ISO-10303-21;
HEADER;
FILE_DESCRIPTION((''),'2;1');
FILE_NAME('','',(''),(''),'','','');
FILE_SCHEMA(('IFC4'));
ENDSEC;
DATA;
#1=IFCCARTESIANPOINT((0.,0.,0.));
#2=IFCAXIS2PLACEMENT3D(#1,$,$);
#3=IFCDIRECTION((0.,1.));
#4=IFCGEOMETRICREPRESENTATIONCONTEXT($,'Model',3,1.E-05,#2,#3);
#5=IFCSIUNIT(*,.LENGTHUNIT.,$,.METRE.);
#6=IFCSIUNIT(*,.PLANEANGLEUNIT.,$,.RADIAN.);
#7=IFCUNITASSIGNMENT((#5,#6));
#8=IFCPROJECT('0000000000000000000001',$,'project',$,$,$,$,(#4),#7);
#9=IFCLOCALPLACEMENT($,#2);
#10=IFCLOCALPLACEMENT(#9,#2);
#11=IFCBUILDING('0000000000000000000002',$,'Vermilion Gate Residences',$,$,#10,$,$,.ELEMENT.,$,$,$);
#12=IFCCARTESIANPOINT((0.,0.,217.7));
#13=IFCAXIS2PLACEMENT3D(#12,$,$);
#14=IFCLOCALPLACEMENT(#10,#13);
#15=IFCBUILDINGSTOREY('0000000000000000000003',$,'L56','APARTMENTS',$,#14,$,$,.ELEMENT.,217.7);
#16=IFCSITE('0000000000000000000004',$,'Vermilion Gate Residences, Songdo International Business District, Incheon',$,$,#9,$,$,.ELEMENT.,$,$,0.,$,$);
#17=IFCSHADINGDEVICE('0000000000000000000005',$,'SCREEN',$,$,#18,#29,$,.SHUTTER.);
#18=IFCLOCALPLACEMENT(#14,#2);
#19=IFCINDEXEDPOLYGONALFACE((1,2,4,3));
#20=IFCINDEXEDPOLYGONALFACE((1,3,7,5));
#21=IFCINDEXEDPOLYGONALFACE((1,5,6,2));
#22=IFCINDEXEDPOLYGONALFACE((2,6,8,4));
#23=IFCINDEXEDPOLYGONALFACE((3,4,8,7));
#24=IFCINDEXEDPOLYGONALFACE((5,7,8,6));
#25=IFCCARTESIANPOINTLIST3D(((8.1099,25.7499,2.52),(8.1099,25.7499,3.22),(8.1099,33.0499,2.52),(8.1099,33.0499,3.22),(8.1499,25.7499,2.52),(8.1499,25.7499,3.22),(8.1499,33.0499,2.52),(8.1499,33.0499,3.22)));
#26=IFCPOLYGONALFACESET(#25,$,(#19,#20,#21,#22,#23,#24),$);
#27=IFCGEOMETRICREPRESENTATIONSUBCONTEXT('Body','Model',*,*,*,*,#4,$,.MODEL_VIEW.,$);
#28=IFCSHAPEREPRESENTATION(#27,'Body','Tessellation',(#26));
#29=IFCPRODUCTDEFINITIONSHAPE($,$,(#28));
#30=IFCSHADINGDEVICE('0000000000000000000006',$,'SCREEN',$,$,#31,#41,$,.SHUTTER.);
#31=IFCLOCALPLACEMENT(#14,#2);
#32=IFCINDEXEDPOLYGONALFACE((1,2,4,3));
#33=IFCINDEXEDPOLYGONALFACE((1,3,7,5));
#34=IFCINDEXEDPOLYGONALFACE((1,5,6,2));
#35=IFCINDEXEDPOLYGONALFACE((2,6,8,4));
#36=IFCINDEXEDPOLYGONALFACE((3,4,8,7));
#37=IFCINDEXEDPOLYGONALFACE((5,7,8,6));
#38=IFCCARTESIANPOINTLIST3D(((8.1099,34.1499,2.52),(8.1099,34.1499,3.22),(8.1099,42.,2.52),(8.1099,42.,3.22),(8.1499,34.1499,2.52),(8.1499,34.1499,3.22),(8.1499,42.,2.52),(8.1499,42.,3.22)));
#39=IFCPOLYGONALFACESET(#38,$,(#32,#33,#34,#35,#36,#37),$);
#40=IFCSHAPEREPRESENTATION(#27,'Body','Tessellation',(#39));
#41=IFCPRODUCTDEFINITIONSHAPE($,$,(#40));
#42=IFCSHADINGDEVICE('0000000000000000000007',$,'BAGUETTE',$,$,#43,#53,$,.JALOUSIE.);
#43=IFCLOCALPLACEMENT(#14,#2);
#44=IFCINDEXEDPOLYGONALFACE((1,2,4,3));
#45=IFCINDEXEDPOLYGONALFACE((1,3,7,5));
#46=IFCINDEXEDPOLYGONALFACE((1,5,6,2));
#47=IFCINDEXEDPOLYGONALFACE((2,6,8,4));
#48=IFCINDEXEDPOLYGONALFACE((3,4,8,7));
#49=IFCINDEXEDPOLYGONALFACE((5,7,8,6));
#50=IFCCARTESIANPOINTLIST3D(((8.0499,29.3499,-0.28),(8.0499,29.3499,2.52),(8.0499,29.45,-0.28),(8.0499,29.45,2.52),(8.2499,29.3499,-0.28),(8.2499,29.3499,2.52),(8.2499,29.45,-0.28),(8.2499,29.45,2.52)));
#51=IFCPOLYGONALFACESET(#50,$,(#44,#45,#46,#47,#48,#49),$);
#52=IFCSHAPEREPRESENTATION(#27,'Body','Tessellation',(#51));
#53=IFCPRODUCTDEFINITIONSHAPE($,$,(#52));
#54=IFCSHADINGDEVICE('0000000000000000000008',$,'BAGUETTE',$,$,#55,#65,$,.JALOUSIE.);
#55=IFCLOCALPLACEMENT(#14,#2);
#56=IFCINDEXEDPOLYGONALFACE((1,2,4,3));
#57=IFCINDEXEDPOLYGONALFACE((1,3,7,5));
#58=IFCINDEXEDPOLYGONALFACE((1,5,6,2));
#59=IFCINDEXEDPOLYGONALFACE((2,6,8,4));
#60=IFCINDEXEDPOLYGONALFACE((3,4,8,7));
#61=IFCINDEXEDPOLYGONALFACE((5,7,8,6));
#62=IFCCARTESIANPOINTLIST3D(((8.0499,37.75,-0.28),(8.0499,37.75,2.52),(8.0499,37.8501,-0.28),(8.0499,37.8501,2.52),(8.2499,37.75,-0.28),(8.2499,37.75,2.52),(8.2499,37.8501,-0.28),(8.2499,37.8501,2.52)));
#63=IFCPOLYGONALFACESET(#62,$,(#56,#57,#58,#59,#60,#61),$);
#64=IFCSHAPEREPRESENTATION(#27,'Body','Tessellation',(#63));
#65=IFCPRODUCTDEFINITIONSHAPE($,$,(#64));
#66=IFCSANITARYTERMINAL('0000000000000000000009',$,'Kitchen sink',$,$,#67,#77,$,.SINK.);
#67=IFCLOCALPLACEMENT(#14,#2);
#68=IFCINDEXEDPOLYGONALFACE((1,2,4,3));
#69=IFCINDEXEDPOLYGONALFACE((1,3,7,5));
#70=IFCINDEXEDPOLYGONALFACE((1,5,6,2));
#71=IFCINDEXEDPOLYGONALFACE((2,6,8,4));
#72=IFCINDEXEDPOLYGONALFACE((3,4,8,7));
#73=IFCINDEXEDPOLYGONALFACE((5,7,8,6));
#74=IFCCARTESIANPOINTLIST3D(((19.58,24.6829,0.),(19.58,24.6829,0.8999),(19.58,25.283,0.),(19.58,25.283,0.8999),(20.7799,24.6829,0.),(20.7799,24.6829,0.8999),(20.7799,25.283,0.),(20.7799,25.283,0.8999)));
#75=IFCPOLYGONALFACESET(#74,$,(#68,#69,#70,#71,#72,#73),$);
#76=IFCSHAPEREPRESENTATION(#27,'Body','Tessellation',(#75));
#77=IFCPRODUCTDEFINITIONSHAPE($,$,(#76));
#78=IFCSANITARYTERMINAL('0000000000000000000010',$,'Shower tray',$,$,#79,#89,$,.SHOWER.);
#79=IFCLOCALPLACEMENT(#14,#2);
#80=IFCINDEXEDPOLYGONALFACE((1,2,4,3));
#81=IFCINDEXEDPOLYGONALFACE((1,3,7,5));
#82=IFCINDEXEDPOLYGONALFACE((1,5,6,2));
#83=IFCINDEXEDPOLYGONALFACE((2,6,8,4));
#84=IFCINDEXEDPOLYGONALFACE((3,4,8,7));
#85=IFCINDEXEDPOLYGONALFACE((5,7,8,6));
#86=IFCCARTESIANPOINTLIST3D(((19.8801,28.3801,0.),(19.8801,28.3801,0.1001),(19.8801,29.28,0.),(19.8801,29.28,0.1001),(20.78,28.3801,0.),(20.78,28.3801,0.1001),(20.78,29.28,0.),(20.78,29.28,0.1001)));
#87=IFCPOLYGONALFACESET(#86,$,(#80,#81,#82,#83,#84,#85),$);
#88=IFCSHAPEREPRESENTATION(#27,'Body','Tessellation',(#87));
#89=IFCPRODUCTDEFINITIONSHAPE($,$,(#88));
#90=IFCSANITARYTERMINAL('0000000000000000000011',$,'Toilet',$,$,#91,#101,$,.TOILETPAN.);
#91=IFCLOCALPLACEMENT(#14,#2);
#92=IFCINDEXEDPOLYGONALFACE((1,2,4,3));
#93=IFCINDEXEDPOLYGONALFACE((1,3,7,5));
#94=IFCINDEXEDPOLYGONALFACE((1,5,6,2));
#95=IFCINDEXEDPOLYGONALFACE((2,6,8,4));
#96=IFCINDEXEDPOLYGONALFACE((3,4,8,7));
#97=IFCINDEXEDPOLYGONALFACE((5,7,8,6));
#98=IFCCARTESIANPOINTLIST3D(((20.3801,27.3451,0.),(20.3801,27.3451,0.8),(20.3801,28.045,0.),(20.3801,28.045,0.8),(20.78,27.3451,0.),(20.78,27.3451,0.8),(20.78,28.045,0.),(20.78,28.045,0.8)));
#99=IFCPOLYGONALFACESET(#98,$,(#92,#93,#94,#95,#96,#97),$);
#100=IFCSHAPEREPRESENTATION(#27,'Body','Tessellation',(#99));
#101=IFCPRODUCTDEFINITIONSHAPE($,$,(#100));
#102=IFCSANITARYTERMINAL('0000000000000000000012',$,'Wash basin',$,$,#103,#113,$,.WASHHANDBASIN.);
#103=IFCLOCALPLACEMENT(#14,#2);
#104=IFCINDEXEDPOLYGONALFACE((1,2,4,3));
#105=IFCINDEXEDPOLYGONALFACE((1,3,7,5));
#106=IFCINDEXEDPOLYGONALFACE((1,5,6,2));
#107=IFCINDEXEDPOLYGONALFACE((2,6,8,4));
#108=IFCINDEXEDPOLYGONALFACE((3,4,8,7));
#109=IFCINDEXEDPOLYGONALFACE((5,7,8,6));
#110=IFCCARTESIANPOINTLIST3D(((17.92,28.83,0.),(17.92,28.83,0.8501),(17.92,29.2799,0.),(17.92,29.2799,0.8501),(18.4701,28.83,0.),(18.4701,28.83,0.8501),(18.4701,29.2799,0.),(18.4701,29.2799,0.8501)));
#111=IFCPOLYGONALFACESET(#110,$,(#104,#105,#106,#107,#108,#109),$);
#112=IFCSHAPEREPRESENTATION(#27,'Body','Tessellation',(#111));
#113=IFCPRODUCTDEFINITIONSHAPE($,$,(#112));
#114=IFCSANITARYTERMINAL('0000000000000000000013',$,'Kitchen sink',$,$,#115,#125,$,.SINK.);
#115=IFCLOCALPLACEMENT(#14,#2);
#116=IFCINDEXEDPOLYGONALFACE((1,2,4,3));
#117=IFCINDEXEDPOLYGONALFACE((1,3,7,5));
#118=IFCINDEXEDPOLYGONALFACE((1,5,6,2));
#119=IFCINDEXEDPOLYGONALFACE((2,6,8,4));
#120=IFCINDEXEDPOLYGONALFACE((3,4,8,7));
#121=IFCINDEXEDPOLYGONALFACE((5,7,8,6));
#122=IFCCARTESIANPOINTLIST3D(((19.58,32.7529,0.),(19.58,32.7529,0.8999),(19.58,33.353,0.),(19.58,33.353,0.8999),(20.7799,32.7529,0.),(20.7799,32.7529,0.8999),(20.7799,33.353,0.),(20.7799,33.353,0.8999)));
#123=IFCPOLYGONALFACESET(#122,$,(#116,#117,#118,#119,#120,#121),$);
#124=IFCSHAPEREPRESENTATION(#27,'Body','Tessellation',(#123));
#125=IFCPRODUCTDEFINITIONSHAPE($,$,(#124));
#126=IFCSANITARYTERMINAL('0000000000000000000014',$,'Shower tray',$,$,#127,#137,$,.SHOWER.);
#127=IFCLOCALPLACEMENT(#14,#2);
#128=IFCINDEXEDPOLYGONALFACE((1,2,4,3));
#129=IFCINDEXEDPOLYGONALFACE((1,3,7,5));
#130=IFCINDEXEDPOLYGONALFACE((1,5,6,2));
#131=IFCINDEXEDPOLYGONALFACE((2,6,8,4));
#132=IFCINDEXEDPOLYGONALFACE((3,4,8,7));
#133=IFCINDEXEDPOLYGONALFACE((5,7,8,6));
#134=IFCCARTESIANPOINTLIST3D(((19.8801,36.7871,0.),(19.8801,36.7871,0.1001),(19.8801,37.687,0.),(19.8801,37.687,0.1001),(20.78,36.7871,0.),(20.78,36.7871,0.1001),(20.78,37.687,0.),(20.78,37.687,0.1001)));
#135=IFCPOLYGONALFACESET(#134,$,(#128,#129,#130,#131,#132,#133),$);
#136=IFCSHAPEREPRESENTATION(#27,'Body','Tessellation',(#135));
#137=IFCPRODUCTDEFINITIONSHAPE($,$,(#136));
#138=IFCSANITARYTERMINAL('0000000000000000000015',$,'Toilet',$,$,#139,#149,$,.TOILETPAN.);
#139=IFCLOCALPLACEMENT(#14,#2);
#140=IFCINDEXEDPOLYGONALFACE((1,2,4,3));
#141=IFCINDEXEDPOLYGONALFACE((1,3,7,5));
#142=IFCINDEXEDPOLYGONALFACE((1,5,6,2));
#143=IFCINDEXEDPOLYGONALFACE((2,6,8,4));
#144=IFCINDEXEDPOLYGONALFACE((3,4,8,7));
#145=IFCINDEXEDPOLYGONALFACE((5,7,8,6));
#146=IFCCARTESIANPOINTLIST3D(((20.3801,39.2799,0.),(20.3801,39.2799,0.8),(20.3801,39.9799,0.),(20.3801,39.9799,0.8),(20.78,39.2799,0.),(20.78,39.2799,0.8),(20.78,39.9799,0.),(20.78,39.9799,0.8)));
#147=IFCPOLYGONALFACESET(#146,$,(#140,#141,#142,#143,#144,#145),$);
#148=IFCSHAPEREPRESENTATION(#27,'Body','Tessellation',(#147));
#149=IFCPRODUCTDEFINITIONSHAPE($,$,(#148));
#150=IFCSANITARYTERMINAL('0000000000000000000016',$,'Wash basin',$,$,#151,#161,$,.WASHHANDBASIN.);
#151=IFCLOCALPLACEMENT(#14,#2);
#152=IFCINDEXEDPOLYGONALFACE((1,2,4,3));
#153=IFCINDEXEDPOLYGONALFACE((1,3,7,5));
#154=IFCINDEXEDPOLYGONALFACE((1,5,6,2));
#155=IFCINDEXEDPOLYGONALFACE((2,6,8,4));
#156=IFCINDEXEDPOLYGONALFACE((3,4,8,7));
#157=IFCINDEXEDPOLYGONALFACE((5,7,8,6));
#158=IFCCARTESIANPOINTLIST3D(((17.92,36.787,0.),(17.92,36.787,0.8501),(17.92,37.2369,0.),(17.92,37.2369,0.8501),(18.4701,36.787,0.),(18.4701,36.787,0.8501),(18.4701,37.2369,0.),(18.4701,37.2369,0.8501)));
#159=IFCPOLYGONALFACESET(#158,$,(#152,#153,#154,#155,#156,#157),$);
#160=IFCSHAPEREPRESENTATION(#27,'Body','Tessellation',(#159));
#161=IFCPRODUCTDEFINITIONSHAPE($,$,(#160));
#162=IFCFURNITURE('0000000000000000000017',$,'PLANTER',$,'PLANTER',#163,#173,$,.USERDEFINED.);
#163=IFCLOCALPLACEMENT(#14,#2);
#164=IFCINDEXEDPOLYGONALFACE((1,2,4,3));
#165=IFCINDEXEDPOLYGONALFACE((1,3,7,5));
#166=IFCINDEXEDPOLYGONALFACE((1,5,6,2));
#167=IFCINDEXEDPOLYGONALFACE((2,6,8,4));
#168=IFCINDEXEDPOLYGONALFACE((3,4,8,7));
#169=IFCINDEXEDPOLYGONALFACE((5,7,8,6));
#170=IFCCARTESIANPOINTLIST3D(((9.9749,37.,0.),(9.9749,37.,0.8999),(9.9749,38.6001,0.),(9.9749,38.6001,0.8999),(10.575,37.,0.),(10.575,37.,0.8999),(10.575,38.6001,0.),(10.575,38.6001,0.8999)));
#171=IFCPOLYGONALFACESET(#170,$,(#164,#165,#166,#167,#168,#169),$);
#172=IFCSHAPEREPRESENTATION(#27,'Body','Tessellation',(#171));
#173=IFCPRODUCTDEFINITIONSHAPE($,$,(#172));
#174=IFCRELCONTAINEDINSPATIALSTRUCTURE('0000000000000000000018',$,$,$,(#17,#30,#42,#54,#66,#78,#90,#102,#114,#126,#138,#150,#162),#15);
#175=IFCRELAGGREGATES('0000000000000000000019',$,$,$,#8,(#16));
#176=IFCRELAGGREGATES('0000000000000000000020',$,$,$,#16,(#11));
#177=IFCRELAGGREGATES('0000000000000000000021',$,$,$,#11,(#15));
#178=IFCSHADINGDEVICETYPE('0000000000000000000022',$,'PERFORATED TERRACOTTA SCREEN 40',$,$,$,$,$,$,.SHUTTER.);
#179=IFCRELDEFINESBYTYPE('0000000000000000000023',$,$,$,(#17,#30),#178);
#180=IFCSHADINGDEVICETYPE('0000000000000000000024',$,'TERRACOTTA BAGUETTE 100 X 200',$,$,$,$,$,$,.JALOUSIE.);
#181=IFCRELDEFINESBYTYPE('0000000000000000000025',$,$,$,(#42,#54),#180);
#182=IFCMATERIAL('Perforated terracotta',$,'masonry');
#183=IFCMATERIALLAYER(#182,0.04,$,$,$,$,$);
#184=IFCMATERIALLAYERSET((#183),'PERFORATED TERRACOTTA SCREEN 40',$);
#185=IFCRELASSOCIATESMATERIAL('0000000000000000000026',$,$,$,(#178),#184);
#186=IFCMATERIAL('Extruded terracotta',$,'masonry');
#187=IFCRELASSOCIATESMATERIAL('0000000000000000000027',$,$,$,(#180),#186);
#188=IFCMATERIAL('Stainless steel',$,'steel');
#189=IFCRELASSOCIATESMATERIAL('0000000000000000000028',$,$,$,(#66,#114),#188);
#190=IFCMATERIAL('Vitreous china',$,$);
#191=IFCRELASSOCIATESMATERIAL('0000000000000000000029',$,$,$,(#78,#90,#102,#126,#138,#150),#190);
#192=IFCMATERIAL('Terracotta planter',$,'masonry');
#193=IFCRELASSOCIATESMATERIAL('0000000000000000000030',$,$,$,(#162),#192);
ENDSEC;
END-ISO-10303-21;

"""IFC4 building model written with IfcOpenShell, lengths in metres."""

from ifc_helpers import new_model, si_unit, direction, frame, origin, origin_2d, place, context, subcontext, project, spatial, rectangle, extrude, material, layer, layer_set, material_profile, profile_set, type_object, element, save


model = new_model("IFC4")

# Units and contexts
model_context = context("Model", 3, precision=1e-05, world=origin(), true_north=direction((0.0, 1.0)))
body_context = subcontext(model_context, "Body", "Model", "MODEL_VIEW")
ifc_project = project(units=[si_unit("LENGTHUNIT", "METRE"), si_unit("PLANEANGLEUNIT", "RADIAN")], contexts=[model_context])

# Site, building, storey
site_placement = place(None, origin())
site = spatial("IfcSite", under=ifc_project, at=site_placement, Name="Vermilion Gate Residences, Songdo International Business District, Incheon", CompositionType="ELEMENT", RefElevation=0.0)
building_placement = place(site_placement, origin())
building = spatial("IfcBuilding", under=site, at=building_placement, Name="Vermilion Gate Residences", CompositionType="ELEMENT")
storey_placement = place(building_placement, frame((0.0, 0.0, 217.7)))
storey = spatial("IfcBuildingStorey", under=building, at=storey_placement, Name="L56", Description="APARTMENTS", CompositionType="ELEMENT", Elevation=217.7)

# Shading devices
ifc_material_1 = material(Name="Perforated terracotta", Category="masonry")
ifc_layer_1 = layer(ifc_material_1, 0.04)
ifc_layer_set_1 = layer_set([ifc_layer_1], Name="PERFORATED TERRACOTTA SCREEN 40")
shading_device_type_1 = type_object("IfcShadingDeviceType", Name="PERFORATED TERRACOTTA SCREEN 40", PredefinedType="SHUTTER", material=ifc_layer_set_1)
shading_device_1_placement = place(storey_placement, frame((8.1299, 29.3999, 2.52), z_axis=(0.0, 0.0, 1.0), x_axis=(0.0, -1.0, 0.0)))
element("IfcShadingDevice", 1, at=shading_device_1_placement, inside=storey, type_object=shading_device_type_1, Name="SCREEN", PredefinedType="SHUTTER", context=body_context, shape_type="SweptSolid", body=[
    extrude(rectangle(XDim=7.3, YDim=0.04, at=origin_2d()), origin(), (0.0, 0.0, 1.0), 0.7),
])
shading_device_2_placement = place(storey_placement, frame((8.1299, 38.075, 2.52), z_axis=(0.0, 0.0, 1.0), x_axis=(0.0, -1.0, 0.0)))
element("IfcShadingDevice", 2, at=shading_device_2_placement, inside=storey, type_object=shading_device_type_1, Name="SCREEN", PredefinedType="SHUTTER", context=body_context, shape_type="SweptSolid", body=[
    extrude(rectangle(XDim=7.8501, YDim=0.04, at=origin_2d()), origin(), (0.0, 0.0, 1.0), 0.7),
])
ifc_material_2 = material(Name="Extruded terracotta", Category="masonry")
ifc_material_profile_1 = material_profile(ifc_material_2, rectangle(XDim=0.2, YDim=0.1001, at=origin_2d()), Name="BAGUETTE 100 X 200")
ifc_profile_set_1 = profile_set([ifc_material_profile_1], Name="Extruded terracotta")
shading_device_type_2 = type_object("IfcShadingDeviceType", Name="TERRACOTTA BAGUETTE 100 X 200", PredefinedType="JALOUSIE", material=ifc_profile_set_1)
for number, where, z_axis, x_axis, name in (
    (3, (8.1499, 29.3999, -0.28), (0.0, 0.0, 1.0), (1.0, 0.0, 0.0), "BAGUETTE"),
    (4, (8.1499, 37.8, -0.28), (0.0, 0.0, 1.0), (1.0, 0.0, 0.0), "BAGUETTE"),
):
    element("IfcShadingDevice", number, at=place(storey_placement, frame(where, z_axis=z_axis, x_axis=x_axis)), inside=storey, type_object=shading_device_type_2, Name=name, PredefinedType="JALOUSIE", context=body_context, shape_type="SweptSolid", body=[
        extrude(rectangle(XDim=0.2, YDim=0.1001, at=origin_2d()), origin(), (0.0, 0.0, 1.0), 2.8),
    ])

# Sanitary terminals
ifc_material_3 = material(Name="Stainless steel", Category="steel")
sanitary_terminal_1_placement = place(storey_placement, frame((20.1799, 24.9829, 0.0), z_axis=(0.0, 0.0, 1.0), x_axis=(1.0, 0.0, 0.0)))
element("IfcSanitaryTerminal", 5, at=sanitary_terminal_1_placement, inside=storey, material=ifc_material_3, Name="Kitchen sink", PredefinedType="SINK", context=body_context, shape_type="SweptSolid", body=[
    extrude(rectangle(XDim=1.2, YDim=0.6001, at=origin_2d()), origin(), (0.0, 0.0, 1.0), 0.8999),
])
ifc_material_4 = material(Name="Vitreous china")
sanitary_terminal_2_placement = place(storey_placement, frame((20.3301, 28.8301, 0.0), z_axis=(0.0, 0.0, 1.0), x_axis=(1.0, 0.0, 0.0)))
element("IfcSanitaryTerminal", 6, at=sanitary_terminal_2_placement, inside=storey, material=ifc_material_4, Name="Shower tray", PredefinedType="SHOWER", context=body_context, shape_type="SweptSolid", body=[
    extrude(rectangle(XDim=0.8999, YDim=0.8999, at=origin_2d()), origin(), (0.0, 0.0, 1.0), 0.1001),
])
sanitary_terminal_3_placement = place(storey_placement, frame((20.5801, 27.6951, 0.0), z_axis=(0.0, 0.0, 1.0), x_axis=(1.0, 0.0, 0.0)))
element("IfcSanitaryTerminal", 7, at=sanitary_terminal_3_placement, inside=storey, material=ifc_material_4, Name="Toilet", PredefinedType="TOILETPAN", context=body_context, shape_type="SweptSolid", body=[
    extrude(rectangle(XDim=0.3999, YDim=0.7, at=origin_2d()), origin(), (0.0, 0.0, 1.0), 0.8),
])
sanitary_terminal_4_placement = place(storey_placement, frame((18.1951, 29.0549, 0.0), z_axis=(0.0, 0.0, 1.0), x_axis=(1.0, 0.0, 0.0)))
element("IfcSanitaryTerminal", 8, at=sanitary_terminal_4_placement, inside=storey, material=ifc_material_4, Name="Wash basin", PredefinedType="WASHHANDBASIN", context=body_context, shape_type="SweptSolid", body=[
    extrude(rectangle(XDim=0.55, YDim=0.45, at=origin_2d()), origin(), (0.0, 0.0, 1.0), 0.8501),
])
sanitary_terminal_5_placement = place(storey_placement, frame((20.1799, 33.053, 0.0), z_axis=(0.0, 0.0, 1.0), x_axis=(1.0, 0.0, 0.0)))
element("IfcSanitaryTerminal", 9, at=sanitary_terminal_5_placement, inside=storey, material=ifc_material_3, Name="Kitchen sink", PredefinedType="SINK", context=body_context, shape_type="SweptSolid", body=[
    extrude(rectangle(XDim=1.2, YDim=0.6001, at=origin_2d()), origin(), (0.0, 0.0, 1.0), 0.8999),
])
sanitary_terminal_6_placement = place(storey_placement, frame((20.3301, 37.2371, 0.0), z_axis=(0.0, 0.0, 1.0), x_axis=(1.0, 0.0, 0.0)))
element("IfcSanitaryTerminal", 10, at=sanitary_terminal_6_placement, inside=storey, material=ifc_material_4, Name="Shower tray", PredefinedType="SHOWER", context=body_context, shape_type="SweptSolid", body=[
    extrude(rectangle(XDim=0.8999, YDim=0.8999, at=origin_2d()), origin(), (0.0, 0.0, 1.0), 0.1001),
])
sanitary_terminal_7_placement = place(storey_placement, frame((20.5801, 39.6299, 0.0), z_axis=(0.0, 0.0, 1.0), x_axis=(1.0, 0.0, 0.0)))
element("IfcSanitaryTerminal", 11, at=sanitary_terminal_7_placement, inside=storey, material=ifc_material_4, Name="Toilet", PredefinedType="TOILETPAN", context=body_context, shape_type="SweptSolid", body=[
    extrude(rectangle(XDim=0.3999, YDim=0.7, at=origin_2d()), origin(), (0.0, 0.0, 1.0), 0.8),
])
sanitary_terminal_8_placement = place(storey_placement, frame((18.1951, 37.012, 0.0), z_axis=(0.0, 0.0, 1.0), x_axis=(1.0, 0.0, 0.0)))
element("IfcSanitaryTerminal", 12, at=sanitary_terminal_8_placement, inside=storey, material=ifc_material_4, Name="Wash basin", PredefinedType="WASHHANDBASIN", context=body_context, shape_type="SweptSolid", body=[
    extrude(rectangle(XDim=0.55, YDim=0.45, at=origin_2d()), origin(), (0.0, 0.0, 1.0), 0.8501),
])

# Furniture
ifc_material_5 = material(Name="Terracotta planter", Category="masonry")
furniture_placement = place(storey_placement, frame((10.2749, 37.8, 0.0), z_axis=(0.0, 0.0, 1.0), x_axis=(0.0, -1.0, 0.0)))
element("IfcFurniture", 13, at=furniture_placement, inside=storey, material=ifc_material_5, Name="PLANTER", ObjectType="PLANTER", PredefinedType="USERDEFINED", context=body_context, shape_type="SweptSolid", body=[
    extrude(rectangle(XDim=1.6001, YDim=0.6001, at=origin_2d()), origin(), (0.0, 0.0, 1.0), 0.8999),
])

save(model, "model.ifc")
